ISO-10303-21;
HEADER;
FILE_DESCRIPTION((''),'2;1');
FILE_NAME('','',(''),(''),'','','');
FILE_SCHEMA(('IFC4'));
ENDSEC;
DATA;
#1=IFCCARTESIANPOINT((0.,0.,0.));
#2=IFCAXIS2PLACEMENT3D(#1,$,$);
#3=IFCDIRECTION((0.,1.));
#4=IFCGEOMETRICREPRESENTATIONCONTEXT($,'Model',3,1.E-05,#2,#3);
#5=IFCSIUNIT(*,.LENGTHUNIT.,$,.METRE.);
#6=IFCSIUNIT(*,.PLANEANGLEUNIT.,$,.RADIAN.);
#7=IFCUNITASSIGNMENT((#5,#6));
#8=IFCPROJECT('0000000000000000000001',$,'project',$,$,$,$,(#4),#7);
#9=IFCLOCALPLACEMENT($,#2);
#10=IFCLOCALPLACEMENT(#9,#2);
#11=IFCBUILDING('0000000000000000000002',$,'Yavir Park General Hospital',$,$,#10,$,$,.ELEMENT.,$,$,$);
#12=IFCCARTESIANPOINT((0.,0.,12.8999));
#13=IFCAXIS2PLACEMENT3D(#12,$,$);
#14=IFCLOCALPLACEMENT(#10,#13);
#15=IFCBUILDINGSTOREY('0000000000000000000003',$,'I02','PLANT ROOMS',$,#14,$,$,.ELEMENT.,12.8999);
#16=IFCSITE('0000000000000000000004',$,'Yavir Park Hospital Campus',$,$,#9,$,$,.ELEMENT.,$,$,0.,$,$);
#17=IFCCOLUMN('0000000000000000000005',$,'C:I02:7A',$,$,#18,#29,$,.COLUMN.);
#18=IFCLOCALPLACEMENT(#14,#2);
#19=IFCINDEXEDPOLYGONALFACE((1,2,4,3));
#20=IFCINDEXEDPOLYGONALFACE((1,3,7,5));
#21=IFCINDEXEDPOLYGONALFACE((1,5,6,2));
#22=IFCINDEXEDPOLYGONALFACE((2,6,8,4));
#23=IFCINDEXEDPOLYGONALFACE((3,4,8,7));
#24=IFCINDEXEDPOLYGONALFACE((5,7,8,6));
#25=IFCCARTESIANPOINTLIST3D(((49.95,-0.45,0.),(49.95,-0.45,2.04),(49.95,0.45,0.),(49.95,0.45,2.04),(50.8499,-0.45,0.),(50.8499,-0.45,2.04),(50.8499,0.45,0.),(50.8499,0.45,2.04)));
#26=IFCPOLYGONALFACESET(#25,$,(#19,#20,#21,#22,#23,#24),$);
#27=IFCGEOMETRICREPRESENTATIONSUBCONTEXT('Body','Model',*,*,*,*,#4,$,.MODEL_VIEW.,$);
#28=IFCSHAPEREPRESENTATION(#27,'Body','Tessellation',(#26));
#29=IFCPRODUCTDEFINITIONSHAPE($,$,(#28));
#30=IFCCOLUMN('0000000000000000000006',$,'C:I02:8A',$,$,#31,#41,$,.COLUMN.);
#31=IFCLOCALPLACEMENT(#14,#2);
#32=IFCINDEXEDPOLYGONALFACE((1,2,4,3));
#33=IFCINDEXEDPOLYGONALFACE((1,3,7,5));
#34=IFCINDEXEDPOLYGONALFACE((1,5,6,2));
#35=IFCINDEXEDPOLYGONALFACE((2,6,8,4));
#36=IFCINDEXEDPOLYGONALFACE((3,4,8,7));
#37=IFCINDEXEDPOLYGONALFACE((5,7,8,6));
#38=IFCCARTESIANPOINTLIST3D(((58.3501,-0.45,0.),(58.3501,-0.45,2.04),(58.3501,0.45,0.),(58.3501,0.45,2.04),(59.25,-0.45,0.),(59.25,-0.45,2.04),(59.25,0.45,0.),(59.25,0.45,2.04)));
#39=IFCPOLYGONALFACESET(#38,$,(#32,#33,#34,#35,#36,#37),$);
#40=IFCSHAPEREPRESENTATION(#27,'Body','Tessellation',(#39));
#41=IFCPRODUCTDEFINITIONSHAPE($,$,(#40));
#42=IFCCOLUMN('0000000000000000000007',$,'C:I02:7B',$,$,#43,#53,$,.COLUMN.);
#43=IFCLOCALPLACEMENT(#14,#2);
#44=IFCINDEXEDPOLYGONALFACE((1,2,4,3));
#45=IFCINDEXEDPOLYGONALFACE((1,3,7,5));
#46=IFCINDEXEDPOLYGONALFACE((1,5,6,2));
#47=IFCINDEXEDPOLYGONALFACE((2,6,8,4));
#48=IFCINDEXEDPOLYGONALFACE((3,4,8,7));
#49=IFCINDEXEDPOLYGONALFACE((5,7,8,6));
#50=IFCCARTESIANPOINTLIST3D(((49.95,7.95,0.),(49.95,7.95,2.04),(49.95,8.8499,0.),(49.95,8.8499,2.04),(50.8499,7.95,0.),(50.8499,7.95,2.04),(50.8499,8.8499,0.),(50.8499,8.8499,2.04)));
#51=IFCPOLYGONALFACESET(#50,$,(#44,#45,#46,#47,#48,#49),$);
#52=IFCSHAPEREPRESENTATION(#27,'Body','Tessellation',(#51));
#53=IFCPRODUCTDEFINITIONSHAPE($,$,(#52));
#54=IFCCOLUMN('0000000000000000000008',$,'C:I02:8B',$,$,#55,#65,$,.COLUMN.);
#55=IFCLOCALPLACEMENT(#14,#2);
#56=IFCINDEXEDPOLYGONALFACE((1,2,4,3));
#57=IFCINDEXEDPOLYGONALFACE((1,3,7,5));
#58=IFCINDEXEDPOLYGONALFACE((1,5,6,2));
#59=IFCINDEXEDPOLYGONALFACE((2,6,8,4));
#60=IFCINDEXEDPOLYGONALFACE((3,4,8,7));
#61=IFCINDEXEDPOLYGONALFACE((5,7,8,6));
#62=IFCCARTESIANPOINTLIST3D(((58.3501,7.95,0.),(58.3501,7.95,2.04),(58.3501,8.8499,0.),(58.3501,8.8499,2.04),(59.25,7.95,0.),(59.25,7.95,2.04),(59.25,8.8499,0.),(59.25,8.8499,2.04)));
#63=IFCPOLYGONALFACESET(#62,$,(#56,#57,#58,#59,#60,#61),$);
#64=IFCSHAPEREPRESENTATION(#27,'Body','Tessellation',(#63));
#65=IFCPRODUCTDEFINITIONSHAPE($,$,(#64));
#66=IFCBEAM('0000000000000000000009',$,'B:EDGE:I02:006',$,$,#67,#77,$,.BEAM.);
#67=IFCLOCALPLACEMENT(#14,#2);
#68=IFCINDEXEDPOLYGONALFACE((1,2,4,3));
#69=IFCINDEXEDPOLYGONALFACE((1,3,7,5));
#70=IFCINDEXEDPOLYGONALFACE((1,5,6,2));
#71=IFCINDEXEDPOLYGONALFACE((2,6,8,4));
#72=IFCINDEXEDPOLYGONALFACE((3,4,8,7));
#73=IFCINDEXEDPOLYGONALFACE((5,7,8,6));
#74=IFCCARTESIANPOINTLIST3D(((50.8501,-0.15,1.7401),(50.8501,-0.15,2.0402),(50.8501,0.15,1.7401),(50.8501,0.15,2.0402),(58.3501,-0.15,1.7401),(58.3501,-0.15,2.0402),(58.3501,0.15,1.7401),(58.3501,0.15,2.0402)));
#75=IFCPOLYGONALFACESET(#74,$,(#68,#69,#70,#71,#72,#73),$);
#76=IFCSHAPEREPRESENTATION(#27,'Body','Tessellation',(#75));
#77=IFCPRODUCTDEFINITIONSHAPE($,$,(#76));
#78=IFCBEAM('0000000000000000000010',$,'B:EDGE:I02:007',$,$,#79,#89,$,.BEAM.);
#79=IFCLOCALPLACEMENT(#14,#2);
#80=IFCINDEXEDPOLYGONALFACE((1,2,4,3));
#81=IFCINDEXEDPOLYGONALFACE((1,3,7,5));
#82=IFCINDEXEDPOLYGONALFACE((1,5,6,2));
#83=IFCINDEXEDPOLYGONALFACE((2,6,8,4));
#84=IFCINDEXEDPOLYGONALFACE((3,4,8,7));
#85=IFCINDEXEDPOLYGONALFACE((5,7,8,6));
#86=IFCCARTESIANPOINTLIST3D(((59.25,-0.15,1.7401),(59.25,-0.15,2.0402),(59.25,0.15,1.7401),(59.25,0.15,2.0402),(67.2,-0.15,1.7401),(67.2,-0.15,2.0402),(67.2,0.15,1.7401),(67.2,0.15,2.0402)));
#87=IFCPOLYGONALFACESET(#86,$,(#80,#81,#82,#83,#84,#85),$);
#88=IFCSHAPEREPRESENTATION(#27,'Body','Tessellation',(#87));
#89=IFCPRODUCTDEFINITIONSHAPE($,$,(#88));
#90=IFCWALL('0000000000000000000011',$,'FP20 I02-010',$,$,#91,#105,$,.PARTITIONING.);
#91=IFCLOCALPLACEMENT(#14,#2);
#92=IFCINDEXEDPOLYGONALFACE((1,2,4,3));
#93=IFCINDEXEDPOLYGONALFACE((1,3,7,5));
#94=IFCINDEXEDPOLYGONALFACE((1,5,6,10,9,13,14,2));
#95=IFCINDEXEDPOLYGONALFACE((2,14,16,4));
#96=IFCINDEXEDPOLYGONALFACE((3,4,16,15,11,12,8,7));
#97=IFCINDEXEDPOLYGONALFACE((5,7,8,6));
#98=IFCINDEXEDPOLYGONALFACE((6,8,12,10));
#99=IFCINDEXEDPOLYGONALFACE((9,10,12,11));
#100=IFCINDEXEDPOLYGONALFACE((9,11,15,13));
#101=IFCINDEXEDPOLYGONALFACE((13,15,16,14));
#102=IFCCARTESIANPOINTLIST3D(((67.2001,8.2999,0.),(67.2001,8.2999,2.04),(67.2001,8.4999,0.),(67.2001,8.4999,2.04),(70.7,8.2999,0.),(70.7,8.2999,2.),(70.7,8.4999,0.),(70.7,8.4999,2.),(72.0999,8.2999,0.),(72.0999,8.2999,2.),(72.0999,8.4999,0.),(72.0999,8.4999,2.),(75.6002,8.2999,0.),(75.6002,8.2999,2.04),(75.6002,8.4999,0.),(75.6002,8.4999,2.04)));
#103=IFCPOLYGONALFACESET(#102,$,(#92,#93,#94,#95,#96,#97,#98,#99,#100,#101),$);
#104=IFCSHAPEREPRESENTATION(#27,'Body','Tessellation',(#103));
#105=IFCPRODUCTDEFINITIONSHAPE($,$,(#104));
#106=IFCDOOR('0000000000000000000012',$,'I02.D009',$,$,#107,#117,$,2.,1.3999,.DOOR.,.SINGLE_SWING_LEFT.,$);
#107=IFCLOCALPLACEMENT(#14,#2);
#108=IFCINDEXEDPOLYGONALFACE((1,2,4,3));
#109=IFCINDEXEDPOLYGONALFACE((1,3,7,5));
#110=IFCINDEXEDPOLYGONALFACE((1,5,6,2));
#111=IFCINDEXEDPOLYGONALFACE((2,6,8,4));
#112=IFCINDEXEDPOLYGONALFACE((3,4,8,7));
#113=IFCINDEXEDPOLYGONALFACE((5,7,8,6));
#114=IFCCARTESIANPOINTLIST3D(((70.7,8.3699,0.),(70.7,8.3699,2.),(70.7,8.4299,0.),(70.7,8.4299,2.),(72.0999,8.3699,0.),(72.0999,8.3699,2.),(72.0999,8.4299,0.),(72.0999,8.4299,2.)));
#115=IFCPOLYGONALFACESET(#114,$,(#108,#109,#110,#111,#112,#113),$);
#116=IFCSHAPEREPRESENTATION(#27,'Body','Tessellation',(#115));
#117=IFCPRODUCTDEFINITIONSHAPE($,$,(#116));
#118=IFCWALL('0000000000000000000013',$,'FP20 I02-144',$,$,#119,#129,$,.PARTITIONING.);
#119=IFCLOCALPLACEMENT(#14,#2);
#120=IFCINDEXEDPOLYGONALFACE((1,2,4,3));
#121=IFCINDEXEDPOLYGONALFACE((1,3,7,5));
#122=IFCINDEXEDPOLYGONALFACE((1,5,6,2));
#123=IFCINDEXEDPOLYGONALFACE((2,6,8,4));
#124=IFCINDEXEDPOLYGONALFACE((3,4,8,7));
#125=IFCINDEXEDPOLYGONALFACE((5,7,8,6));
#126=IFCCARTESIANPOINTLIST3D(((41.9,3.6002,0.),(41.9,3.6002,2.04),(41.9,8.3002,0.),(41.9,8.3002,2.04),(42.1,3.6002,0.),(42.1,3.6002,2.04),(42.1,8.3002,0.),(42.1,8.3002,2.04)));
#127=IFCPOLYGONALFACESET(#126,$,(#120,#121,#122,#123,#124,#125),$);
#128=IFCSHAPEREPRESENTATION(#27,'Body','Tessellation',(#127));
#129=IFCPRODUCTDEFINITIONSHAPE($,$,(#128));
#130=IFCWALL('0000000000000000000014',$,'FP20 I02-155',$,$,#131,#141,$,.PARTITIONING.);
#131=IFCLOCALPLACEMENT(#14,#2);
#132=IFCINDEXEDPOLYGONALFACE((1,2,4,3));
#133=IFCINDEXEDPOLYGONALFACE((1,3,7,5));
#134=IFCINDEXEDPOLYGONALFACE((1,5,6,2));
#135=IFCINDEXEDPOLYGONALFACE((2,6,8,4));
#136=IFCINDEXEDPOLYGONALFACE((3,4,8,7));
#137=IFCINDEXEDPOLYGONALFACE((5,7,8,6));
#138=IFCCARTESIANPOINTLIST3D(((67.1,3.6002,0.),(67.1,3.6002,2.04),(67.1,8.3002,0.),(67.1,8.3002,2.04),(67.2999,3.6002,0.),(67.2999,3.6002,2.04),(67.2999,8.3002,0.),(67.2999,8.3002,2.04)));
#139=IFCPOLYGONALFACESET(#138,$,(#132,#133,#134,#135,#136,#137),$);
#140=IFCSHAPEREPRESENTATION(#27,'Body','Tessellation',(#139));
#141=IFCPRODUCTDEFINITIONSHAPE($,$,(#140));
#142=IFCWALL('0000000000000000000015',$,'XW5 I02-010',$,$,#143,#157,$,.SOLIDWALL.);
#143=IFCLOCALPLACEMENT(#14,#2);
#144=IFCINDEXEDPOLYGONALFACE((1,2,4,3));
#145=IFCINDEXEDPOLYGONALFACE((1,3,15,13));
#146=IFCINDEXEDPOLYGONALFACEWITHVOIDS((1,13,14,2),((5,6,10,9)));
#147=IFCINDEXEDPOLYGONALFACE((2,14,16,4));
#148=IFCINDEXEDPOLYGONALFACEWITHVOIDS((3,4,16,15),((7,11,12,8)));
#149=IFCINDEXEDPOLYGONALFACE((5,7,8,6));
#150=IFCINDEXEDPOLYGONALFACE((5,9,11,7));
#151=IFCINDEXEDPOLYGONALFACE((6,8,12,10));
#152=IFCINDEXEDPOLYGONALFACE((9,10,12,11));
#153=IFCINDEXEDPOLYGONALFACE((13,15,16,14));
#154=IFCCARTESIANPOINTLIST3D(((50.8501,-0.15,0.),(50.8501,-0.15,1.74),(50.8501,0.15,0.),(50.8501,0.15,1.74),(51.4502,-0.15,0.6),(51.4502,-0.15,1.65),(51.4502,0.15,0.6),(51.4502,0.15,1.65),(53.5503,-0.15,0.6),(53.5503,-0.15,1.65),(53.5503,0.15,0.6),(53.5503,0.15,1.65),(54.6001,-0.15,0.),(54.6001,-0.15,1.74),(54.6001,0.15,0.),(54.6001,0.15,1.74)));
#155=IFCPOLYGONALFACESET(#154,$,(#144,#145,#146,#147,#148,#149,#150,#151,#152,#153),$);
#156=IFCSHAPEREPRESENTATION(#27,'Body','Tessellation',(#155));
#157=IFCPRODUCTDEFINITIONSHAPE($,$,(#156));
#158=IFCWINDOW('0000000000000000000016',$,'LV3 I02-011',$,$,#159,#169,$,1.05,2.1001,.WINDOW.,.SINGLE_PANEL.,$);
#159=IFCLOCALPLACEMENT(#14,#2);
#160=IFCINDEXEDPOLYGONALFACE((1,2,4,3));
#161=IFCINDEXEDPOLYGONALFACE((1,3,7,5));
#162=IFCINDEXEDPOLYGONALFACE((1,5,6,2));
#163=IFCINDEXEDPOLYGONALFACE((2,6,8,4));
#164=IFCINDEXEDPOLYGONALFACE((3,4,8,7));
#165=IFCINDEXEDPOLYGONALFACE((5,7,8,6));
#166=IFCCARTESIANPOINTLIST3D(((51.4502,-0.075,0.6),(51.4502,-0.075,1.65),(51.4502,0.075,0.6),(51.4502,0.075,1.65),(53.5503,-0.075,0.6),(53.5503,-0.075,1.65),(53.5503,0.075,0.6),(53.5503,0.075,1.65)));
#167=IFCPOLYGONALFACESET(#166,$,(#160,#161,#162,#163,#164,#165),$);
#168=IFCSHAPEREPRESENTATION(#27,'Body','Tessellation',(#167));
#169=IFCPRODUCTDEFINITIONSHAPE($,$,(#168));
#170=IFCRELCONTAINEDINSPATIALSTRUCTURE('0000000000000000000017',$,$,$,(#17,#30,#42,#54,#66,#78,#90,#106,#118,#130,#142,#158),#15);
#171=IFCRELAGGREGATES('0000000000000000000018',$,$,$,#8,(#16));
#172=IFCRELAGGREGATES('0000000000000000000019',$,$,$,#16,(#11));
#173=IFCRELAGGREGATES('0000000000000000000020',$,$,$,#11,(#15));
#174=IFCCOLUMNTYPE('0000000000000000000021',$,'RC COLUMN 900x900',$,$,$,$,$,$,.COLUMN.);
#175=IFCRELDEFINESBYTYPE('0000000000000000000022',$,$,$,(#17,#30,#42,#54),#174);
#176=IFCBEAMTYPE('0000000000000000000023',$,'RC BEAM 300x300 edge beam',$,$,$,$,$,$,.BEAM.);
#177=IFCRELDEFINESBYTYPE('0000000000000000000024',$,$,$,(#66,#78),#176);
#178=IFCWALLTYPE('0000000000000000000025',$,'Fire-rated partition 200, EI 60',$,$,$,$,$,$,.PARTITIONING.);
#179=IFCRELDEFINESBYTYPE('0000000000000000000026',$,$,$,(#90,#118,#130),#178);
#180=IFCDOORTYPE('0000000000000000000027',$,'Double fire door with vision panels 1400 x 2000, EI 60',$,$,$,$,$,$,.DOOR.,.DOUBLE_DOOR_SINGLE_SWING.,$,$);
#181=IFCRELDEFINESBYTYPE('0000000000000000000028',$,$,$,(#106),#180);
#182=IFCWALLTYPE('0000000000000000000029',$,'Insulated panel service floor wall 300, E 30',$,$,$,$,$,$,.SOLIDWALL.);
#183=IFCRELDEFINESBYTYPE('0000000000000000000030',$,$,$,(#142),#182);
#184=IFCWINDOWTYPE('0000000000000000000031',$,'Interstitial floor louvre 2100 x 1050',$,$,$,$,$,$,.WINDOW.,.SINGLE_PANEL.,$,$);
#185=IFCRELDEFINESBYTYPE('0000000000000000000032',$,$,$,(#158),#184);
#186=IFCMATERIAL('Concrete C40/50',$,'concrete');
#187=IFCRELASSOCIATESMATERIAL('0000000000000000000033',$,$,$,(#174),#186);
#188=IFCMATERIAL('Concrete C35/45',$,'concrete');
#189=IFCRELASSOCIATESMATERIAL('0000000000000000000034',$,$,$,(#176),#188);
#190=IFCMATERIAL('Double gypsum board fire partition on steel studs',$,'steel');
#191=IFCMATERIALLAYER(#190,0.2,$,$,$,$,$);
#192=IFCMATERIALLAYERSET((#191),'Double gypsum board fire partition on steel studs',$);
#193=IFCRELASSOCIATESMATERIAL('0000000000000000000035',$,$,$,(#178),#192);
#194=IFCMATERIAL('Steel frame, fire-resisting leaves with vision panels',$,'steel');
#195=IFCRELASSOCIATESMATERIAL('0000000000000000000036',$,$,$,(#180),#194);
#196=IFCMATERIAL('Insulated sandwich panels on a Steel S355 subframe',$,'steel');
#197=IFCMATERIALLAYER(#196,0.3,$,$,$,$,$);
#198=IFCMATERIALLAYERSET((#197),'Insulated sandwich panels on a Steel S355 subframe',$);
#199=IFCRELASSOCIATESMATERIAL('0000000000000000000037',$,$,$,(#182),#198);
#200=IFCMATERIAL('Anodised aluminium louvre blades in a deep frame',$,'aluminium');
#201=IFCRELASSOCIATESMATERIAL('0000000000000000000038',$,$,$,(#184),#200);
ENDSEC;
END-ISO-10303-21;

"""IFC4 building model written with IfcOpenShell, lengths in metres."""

from ifc_helpers import new_model, si_unit, direction, frame, frame_2d, origin, origin_2d, place, context, subcontext, project, spatial, rectangle, extrude, material, layer, layer_set, material_profile, profile_set, type_object, element, fill, save


model = new_model("IFC4")

# Units and contexts
model_context = context("Model", 3, precision=1e-05, world=origin(), true_north=direction((0.0, 1.0)))
body_context = subcontext(model_context, "Body", "Model", "MODEL_VIEW")
ifc_project = project(units=[si_unit("LENGTHUNIT", "METRE"), si_unit("PLANEANGLEUNIT", "RADIAN")], contexts=[model_context])

# Site, building, storey
site_placement = place(None, origin())
site = spatial("IfcSite", under=ifc_project, at=site_placement, Name="Yavir Park Hospital Campus", CompositionType="ELEMENT", RefElevation=0.0)
building_placement = place(site_placement, origin())
building = spatial("IfcBuilding", under=site, at=building_placement, Name="Yavir Park General Hospital", CompositionType="ELEMENT")
storey_placement = place(building_placement, frame((0.0, 0.0, 12.8999)))
storey = spatial("IfcBuildingStorey", under=building, at=storey_placement, Name="I02", Description="PLANT ROOMS", CompositionType="ELEMENT", Elevation=12.8999)

# Columns
ifc_material_1 = material(Name="Concrete C40/50", Category="concrete")
ifc_material_profile_1 = material_profile(ifc_material_1, rectangle(XDim=0.8999, YDim=0.8999, at=origin_2d()), Name="RC900x900")
ifc_profile_set_1 = profile_set([ifc_material_profile_1], Name="Concrete C40/50")
column_type = type_object("IfcColumnType", Name="RC COLUMN 900x900", PredefinedType="COLUMN", material=ifc_profile_set_1)
for number, where, z_axis, x_axis, name in (
    (1, (50.3999, 0.0, 0.0), (0.0, 0.0, 1.0), (1.0, 0.0, 0.0), "C:I02:7A"),
    (2, (58.8, 0.0, 0.0), (0.0, 0.0, 1.0), (1.0, 0.0, 0.0), "C:I02:8A"),
    (3, (50.3999, 8.3999, 0.0), (0.0, 0.0, 1.0), (1.0, 0.0, 0.0), "C:I02:7B"),
    (4, (58.8, 8.3999, 0.0), (0.0, 0.0, 1.0), (1.0, 0.0, 0.0), "C:I02:8B"),
):
    element("IfcColumn", number, at=place(storey_placement, frame(where, z_axis=z_axis, x_axis=x_axis)), inside=storey, type_object=column_type, Name=name, PredefinedType="COLUMN", context=body_context, shape_type="SweptSolid", body=[
        extrude(rectangle(XDim=0.8999, YDim=0.8999, at=origin_2d()), origin(), (0.0, 0.0, 1.0), 2.04),
    ])

# Beams
ifc_material_2 = material(Name="Concrete C35/45", Category="concrete")
ifc_material_profile_2 = material_profile(ifc_material_2, rectangle(XDim=0.3, YDim=0.3, at=origin_2d()), Name="RC300x300")
ifc_profile_set_2 = profile_set([ifc_material_profile_2], Name="Concrete C35/45")
beam_type = type_object("IfcBeamType", Name="RC BEAM 300x300 edge beam", PredefinedType="BEAM", material=ifc_profile_set_2)
beam_1_placement = place(storey_placement, frame((50.8501, 0.0, 1.8901), z_axis=(1.0, 0.0, 0.0), x_axis=(0.0, 1.0, 0.0)))
element("IfcBeam", 5, at=beam_1_placement, inside=storey, type_object=beam_type, Name="B:EDGE:I02:006", PredefinedType="BEAM", context=body_context, shape_type="SweptSolid", body=[
    extrude(rectangle(XDim=0.3, YDim=0.3, at=origin_2d()), origin(), (0.0, 0.0, 1.0), 7.5),
])
beam_2_placement = place(storey_placement, frame((59.25, 0.0, 1.8901), z_axis=(1.0, 0.0, 0.0), x_axis=(0.0, 1.0, 0.0)))
element("IfcBeam", 6, at=beam_2_placement, inside=storey, type_object=beam_type, Name="B:EDGE:I02:007", PredefinedType="BEAM", context=body_context, shape_type="SweptSolid", body=[
    extrude(rectangle(XDim=0.3, YDim=0.3, at=origin_2d()), origin(), (0.0, 0.0, 1.0), 7.95),
])

# Wall, opening, door
ifc_material_3 = material(Name="Double gypsum board fire partition on steel studs", Category="steel")
ifc_layer_1 = layer(ifc_material_3, 0.2)
ifc_layer_set_1 = layer_set([ifc_layer_1], Name="Double gypsum board fire partition on steel studs")
wall_type_1 = type_object("IfcWallType", Name="Fire-rated partition 200, EI 60", PredefinedType="PARTITIONING", material=ifc_layer_set_1)
wall_1_placement = place(storey_placement, frame((67.2, 8.3999, 0.0), z_axis=(0.0, 0.0, 1.0), x_axis=(1.0, 0.0, 0.0)))
wall_1 = element("IfcWall", 7, at=wall_1_placement, inside=storey, type_object=wall_type_1, Name="FP20 I02-010", PredefinedType="PARTITIONING", context=body_context, shape_type="SweptSolid", body=[
    extrude(rectangle(XDim=8.4001, YDim=0.2, at=frame_2d((4.2002, 0.0))), origin(), (0.0, 0.0, 1.0), 2.04),
])
opening_1_placement = place(wall_1_placement, frame((3.5, 0.0, 0.0)))
opening_1 = element("IfcOpeningElement", 8, at=opening_1_placement, cuts=wall_1, PredefinedType="OPENING", context=body_context, shape_type="SweptSolid", body=[
    extrude(rectangle(XDim=1.3999, YDim=2.0, at=frame_2d((0.7, 1.0))), frame((0.0, 0.1099, 0.0), z_axis=(0.0, -1.0, 0.0), x_axis=(1.0, 0.0, 0.0)), (0.0, 0.0, 1.0), 0.22),
])
ifc_material_4 = material(Name="Steel frame, fire-resisting leaves with vision panels", Category="steel")
door_type_1 = type_object("IfcDoorType", Name="Double fire door with vision panels 1400 x 2000, EI 60", OperationType="DOUBLE_DOOR_SINGLE_SWING", PredefinedType="DOOR", material=ifc_material_4)
door_1_placement = place(opening_1_placement, origin())
door_1 = element("IfcDoor", 9, at=door_1_placement, inside=storey, type_object=door_type_1, Name="I02.D009", OperationType="SINGLE_SWING_LEFT", OverallHeight=2.0, OverallWidth=1.3999, PredefinedType="DOOR", context=body_context, shape_type="SweptSolid", body=[
    extrude(rectangle(XDim=1.3999, YDim=2.0, at=frame_2d((0.7, 1.0))), frame((0.0, 0.03, 0.0), z_axis=(0.0, -1.0, 0.0), x_axis=(1.0, 0.0, 0.0)), (0.0, 0.0, 1.0), 0.0601),
])
fill(opening_1, door_1)

# Walls
for number, where, z_axis, x_axis, name in (
    (10, (42.0, 3.6001, 0.0), (0.0, 0.0, 1.0), (0.0, 1.0, 0.0), "FP20 I02-144"),
    (11, (67.2, 3.6001, 0.0), (0.0, 0.0, 1.0), (0.0, 1.0, 0.0), "FP20 I02-155"),
):
    element("IfcWall", number, at=place(storey_placement, frame(where, z_axis=z_axis, x_axis=x_axis)), inside=storey, type_object=wall_type_1, Name=name, PredefinedType="PARTITIONING", context=body_context, shape_type="SweptSolid", body=[
        extrude(rectangle(XDim=4.7, YDim=0.2, at=frame_2d((2.3501, 0.0))), origin(), (0.0, 0.0, 1.0), 2.04),
    ])

# Wall, opening, window
ifc_material_5 = material(Name="Insulated sandwich panels on a Steel S355 subframe", Category="steel")
ifc_layer_2 = layer(ifc_material_5, 0.3)
ifc_layer_set_2 = layer_set([ifc_layer_2], Name="Insulated sandwich panels on a Steel S355 subframe")
wall_type_2 = type_object("IfcWallType", Name="Insulated panel service floor wall 300, E 30", PredefinedType="SOLIDWALL", material=ifc_layer_set_2)
wall_2_placement = place(storey_placement, frame((50.8501, 0.0, 0.0), z_axis=(0.0, 0.0, 1.0), x_axis=(1.0, 0.0, 0.0)))
wall_2 = element("IfcWall", 12, at=wall_2_placement, inside=storey, type_object=wall_type_2, Name="XW5 I02-010", PredefinedType="SOLIDWALL", context=body_context, shape_type="SweptSolid", body=[
    extrude(rectangle(XDim=3.75, YDim=0.3, at=frame_2d((1.875, 0.0))), origin(), (0.0, 0.0, 1.0), 1.74),
])
opening_2_placement = place(wall_2_placement, frame((0.6001, 0.0, 0.6001)))
opening_2 = element("IfcOpeningElement", 13, at=opening_2_placement, cuts=wall_2, PredefinedType="OPENING", context=body_context, shape_type="SweptSolid", body=[
    extrude(rectangle(XDim=2.1001, YDim=1.05, at=frame_2d((1.05, 0.5249))), frame((0.0, 0.1599, 0.0), z_axis=(0.0, -1.0, 0.0), x_axis=(1.0, 0.0, 0.0)), (0.0, 0.0, 1.0), 0.3201),
])
ifc_material_6 = material(Name="Anodised aluminium louvre blades in a deep frame", Category="aluminium")
window_type = type_object("IfcWindowType", Name="Interstitial floor louvre 2100 x 1050", PartitioningType="SINGLE_PANEL", PredefinedType="WINDOW", material=ifc_material_6)
window_1_placement = place(opening_2_placement, origin())
window_1 = element("IfcWindow", 14, at=window_1_placement, inside=storey, type_object=window_type, Name="LV3 I02-011", OverallHeight=1.05, OverallWidth=2.1001, PartitioningType="SINGLE_PANEL", PredefinedType="WINDOW", context=body_context, shape_type="SweptSolid", body=[
    extrude(rectangle(XDim=2.1001, YDim=1.05, at=frame_2d((1.05, 0.5249))), frame((0.0, 0.075, 0.0), z_axis=(0.0, -1.0, 0.0), x_axis=(1.0, 0.0, 0.0)), (0.0, 0.0, 1.0), 0.1499),
])
fill(opening_2, window_1)

save(model, "model.ifc")
